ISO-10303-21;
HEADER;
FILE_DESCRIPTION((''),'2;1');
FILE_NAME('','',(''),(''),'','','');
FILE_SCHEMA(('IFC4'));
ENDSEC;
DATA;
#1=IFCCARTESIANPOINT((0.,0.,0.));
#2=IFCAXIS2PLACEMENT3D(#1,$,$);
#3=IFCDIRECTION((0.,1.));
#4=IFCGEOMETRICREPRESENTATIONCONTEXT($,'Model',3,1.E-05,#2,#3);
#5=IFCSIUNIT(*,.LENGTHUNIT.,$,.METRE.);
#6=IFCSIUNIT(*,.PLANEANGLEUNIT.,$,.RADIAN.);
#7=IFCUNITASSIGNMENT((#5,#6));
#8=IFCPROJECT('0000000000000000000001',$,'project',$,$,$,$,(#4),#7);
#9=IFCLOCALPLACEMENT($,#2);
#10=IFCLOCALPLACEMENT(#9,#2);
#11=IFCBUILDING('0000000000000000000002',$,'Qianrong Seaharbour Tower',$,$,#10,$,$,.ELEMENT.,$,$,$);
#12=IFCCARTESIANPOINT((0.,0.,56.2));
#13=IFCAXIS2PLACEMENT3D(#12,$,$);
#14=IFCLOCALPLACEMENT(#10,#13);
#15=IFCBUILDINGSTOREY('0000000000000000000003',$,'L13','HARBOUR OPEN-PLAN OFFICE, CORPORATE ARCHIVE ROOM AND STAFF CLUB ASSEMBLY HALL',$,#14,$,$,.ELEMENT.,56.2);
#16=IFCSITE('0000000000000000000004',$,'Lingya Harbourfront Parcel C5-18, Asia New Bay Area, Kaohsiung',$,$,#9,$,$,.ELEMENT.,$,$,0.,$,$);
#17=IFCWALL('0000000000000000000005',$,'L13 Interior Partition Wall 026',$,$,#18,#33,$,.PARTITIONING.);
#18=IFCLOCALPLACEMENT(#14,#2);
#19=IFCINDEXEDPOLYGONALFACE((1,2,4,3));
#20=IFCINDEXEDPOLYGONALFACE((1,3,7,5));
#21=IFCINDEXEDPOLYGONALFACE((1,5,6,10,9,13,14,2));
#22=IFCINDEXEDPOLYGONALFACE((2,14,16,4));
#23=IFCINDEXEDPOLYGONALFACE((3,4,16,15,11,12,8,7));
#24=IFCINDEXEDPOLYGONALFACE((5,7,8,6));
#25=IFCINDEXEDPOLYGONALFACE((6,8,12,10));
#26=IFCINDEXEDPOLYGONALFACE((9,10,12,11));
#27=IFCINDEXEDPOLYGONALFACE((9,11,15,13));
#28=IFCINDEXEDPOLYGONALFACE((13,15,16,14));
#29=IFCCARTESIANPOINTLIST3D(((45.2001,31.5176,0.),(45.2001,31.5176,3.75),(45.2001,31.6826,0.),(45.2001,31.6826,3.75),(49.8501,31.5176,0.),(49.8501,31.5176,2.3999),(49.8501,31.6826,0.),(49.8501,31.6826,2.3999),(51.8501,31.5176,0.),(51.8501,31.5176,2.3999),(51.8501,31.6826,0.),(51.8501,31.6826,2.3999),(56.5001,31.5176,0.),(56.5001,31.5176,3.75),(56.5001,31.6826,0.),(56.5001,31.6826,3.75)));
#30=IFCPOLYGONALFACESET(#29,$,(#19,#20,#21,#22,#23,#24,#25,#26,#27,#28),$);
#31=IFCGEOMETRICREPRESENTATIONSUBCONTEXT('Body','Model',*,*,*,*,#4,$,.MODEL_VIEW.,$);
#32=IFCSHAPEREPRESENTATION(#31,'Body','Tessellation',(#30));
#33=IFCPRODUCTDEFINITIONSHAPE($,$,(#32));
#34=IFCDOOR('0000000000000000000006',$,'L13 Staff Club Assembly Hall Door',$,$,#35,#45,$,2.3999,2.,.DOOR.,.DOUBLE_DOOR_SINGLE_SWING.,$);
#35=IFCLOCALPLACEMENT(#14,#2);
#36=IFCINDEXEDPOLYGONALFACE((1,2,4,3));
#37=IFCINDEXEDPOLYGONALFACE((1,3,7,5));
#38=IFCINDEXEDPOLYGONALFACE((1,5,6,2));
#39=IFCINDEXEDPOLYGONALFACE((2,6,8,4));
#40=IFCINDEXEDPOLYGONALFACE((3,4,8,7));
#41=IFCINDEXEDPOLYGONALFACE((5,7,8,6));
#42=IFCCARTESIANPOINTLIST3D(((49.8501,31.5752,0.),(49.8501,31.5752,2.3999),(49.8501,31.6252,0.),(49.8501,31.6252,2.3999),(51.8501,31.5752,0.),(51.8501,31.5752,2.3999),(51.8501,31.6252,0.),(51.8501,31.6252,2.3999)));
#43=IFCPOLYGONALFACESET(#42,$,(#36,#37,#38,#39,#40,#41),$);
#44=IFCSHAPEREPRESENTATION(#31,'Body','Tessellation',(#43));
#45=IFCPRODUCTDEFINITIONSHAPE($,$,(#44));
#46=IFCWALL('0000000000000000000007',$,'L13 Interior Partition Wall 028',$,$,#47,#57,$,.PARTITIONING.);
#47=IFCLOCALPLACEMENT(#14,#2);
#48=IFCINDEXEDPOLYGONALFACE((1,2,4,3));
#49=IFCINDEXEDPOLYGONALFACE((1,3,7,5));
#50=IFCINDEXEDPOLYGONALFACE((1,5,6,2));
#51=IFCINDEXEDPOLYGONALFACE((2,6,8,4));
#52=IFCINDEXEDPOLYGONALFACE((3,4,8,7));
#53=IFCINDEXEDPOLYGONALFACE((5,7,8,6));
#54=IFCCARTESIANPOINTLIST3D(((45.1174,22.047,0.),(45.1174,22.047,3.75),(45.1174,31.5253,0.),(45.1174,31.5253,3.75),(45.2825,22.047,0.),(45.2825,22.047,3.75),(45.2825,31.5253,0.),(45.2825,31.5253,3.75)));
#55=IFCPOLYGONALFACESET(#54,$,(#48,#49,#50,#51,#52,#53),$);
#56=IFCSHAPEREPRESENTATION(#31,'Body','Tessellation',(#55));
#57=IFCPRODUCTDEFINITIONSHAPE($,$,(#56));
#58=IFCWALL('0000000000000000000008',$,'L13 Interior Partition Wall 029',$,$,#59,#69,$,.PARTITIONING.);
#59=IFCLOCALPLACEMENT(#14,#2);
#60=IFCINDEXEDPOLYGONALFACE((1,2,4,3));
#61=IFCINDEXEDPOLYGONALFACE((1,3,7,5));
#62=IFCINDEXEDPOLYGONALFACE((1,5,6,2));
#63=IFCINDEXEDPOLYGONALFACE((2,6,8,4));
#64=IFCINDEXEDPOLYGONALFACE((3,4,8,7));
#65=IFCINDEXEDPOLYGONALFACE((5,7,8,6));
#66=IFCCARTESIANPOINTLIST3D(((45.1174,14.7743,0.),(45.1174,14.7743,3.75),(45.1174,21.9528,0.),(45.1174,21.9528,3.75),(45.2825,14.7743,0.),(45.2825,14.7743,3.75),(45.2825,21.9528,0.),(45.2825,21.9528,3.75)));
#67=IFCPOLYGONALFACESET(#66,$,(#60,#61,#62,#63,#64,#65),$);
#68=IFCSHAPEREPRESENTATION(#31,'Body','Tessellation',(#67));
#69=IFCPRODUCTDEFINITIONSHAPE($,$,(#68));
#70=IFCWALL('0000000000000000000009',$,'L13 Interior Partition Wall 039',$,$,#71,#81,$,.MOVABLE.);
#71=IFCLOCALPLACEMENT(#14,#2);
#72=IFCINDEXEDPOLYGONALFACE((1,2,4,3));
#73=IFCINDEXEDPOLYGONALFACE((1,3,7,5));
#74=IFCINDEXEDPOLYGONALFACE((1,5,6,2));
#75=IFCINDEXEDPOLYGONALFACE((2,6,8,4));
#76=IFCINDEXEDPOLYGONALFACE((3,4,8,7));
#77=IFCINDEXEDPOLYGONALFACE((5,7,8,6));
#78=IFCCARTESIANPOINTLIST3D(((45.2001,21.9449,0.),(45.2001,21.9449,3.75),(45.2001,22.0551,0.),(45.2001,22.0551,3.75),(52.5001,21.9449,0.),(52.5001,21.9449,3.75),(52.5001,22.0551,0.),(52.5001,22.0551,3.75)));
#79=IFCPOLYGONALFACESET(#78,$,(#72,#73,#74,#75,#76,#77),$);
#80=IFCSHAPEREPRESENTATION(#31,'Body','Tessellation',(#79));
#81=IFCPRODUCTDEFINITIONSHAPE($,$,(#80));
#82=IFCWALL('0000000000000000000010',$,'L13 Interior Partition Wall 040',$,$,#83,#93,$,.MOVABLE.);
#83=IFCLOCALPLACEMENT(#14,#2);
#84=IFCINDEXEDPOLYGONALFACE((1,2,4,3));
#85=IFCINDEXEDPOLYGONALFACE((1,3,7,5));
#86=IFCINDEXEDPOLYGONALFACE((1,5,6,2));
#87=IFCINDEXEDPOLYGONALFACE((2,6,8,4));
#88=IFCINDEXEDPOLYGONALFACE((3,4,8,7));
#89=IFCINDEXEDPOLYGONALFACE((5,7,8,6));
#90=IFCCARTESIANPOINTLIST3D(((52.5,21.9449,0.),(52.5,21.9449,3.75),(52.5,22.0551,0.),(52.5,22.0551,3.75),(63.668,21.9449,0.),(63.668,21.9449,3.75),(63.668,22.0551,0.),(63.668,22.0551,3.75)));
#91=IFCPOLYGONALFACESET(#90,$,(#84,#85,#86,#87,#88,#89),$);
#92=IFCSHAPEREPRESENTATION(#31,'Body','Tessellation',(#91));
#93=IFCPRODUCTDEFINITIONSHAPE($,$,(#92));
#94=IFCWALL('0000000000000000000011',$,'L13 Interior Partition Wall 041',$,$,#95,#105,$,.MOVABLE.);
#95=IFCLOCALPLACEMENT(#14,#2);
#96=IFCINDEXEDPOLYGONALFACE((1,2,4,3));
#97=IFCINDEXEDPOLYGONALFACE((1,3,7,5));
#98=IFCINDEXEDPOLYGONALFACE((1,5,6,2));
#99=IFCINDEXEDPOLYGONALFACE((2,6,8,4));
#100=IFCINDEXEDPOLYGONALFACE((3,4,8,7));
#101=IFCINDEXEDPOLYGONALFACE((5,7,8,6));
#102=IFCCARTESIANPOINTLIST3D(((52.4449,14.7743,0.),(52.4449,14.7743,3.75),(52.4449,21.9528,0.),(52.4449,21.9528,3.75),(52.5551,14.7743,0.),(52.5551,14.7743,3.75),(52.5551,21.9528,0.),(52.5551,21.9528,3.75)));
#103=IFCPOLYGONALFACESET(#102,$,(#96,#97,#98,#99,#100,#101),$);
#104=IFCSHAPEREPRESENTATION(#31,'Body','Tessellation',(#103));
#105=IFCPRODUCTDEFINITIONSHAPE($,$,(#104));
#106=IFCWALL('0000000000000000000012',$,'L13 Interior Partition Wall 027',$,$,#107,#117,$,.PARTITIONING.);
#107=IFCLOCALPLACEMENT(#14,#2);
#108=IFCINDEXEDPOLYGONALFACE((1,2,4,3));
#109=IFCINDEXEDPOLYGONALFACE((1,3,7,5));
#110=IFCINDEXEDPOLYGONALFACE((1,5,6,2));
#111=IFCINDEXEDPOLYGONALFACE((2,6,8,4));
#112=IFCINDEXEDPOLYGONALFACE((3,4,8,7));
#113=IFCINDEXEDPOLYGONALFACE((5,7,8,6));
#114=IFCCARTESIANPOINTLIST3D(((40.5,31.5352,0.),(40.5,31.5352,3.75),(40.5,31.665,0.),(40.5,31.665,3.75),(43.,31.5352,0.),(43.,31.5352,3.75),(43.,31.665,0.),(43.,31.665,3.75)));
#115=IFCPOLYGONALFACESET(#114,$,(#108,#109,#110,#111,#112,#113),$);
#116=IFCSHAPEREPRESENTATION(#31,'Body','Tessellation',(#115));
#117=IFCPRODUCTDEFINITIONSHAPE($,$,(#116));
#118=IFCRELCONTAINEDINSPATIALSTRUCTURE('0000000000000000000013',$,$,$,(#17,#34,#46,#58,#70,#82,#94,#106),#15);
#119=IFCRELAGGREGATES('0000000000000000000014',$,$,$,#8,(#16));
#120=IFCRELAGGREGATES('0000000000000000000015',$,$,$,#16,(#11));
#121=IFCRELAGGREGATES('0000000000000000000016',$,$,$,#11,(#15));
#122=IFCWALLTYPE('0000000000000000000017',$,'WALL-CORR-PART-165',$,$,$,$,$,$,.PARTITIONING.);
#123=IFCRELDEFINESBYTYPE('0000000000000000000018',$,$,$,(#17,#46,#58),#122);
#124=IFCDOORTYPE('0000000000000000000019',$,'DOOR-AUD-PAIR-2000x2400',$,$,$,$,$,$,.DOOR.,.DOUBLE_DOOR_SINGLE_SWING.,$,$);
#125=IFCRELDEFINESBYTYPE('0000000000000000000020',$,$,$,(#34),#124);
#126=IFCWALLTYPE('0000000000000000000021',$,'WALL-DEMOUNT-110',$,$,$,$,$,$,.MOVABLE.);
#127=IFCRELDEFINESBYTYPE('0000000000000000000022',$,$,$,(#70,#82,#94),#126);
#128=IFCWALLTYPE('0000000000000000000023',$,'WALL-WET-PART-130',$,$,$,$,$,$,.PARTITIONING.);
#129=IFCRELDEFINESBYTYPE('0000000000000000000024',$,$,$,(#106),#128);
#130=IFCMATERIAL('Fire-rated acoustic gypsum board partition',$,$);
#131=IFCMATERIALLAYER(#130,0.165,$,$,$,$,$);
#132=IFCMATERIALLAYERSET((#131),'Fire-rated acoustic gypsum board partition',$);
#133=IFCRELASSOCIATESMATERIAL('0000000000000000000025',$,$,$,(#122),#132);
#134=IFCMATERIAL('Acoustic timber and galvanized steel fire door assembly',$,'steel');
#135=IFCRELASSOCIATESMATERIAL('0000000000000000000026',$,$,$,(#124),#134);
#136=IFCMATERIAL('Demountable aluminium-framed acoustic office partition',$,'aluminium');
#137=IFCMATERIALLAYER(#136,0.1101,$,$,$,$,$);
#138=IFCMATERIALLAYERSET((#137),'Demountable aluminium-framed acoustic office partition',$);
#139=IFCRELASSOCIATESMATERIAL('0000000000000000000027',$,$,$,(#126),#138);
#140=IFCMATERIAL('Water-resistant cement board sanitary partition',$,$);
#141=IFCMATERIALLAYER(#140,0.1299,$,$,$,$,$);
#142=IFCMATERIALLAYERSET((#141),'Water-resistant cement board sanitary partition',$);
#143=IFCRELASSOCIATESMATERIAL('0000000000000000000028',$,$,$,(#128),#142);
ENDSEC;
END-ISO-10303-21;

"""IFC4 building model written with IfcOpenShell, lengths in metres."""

from ifc_helpers import new_model, si_unit, direction, frame, frame_2d, origin, place, context, subcontext, project, spatial, rectangle, extrude, material, layer, layer_set, type_object, element, fill, save


model = new_model("IFC4")

# Units and contexts
model_context = context("Model", 3, precision=1e-05, world=origin(), true_north=direction((0.0, 1.0)))
body_context = subcontext(model_context, "Body", "Model", "MODEL_VIEW")
ifc_project = project(units=[si_unit("LENGTHUNIT", "METRE"), si_unit("PLANEANGLEUNIT", "RADIAN")], contexts=[model_context])

# Site, building, storey
site_placement = place(None, origin())
site = spatial("IfcSite", under=ifc_project, at=site_placement, Name="Lingya Harbourfront Parcel C5-18, Asia New Bay Area, Kaohsiung", CompositionType="ELEMENT", RefElevation=0.0)
building_placement = place(site_placement, origin())
building = spatial("IfcBuilding", under=site, at=building_placement, Name="Qianrong Seaharbour Tower", CompositionType="ELEMENT")
storey_placement = place(building_placement, frame((0.0, 0.0, 56.2)))
storey = spatial("IfcBuildingStorey", under=building, at=storey_placement, Name="L13", Description="HARBOUR OPEN-PLAN OFFICE, CORPORATE ARCHIVE ROOM AND STAFF CLUB ASSEMBLY HALL", CompositionType="ELEMENT", Elevation=56.2)

# Shared definitions
ifc_material_1 = material(Name="Fire-rated acoustic gypsum board partition")
ifc_layer_1 = layer(ifc_material_1, 0.165)
ifc_layer_set_1 = layer_set([ifc_layer_1], Name="Fire-rated acoustic gypsum board partition")
wall_type_1 = type_object("IfcWallType", Name="WALL-CORR-PART-165", PredefinedType="PARTITIONING", material=ifc_layer_set_1)

# Wall, opening, door
wall_1_placement = place(storey_placement, frame((56.5, 31.6001, 0.0), z_axis=(0.0, 0.0, 1.0), x_axis=(-1.0, 0.0, 0.0)))
wall_1 = element("IfcWall", 1, at=wall_1_placement, inside=storey, type_object=wall_type_1, Name="L13 Interior Partition Wall 026", PredefinedType="PARTITIONING", context=body_context, shape_type="SweptSolid", body=[
    extrude(rectangle(XDim=11.3, YDim=0.165, at=frame_2d((5.6499, 0.0))), origin(), (0.0, 0.0, 1.0), 3.75),
])
opening_placement = place(wall_1_placement, frame((4.6499, 0.0, 0.0)))
opening = element("IfcOpeningElement", 2, at=opening_placement, cuts=wall_1, PredefinedType="OPENING", context=body_context, shape_type="SweptSolid", body=[
    extrude(rectangle(XDim=2.0, YDim=2.3999, at=frame_2d((1.0, 1.2))), frame((0.0, 0.0925, 0.0), z_axis=(0.0, -1.0, 0.0), x_axis=(1.0, 0.0, 0.0)), (0.0, 0.0, 1.0), 0.1851),
])
ifc_material_2 = material(Name="Acoustic timber and galvanized steel fire door assembly", Category="steel")
door_type = type_object("IfcDoorType", Name="DOOR-AUD-PAIR-2000x2400", OperationType="DOUBLE_DOOR_SINGLE_SWING", PredefinedType="DOOR", material=ifc_material_2)
door_placement = place(opening_placement, origin())
door = element("IfcDoor", 3, at=door_placement, inside=storey, type_object=door_type, Name="L13 Staff Club Assembly Hall Door", OperationType="DOUBLE_DOOR_SINGLE_SWING", OverallHeight=2.3999, OverallWidth=2.0, PredefinedType="DOOR", context=body_context, shape_type="SweptSolid", body=[
    extrude(rectangle(XDim=2.0, YDim=2.3999, at=frame_2d((1.0, 1.2))), frame((0.0, 0.0249, 0.0), z_axis=(0.0, -1.0, 0.0), x_axis=(1.0, 0.0, 0.0)), (0.0, 0.0, 1.0), 0.05),
])
fill(opening, door)

# Walls
wall_2_placement = place(storey_placement, frame((45.2, 31.5254, 0.0), z_axis=(0.0, 0.0, 1.0), x_axis=(0.0, -1.0, 0.0)))
element("IfcWall", 4, at=wall_2_placement, inside=storey, type_object=wall_type_1, Name="L13 Interior Partition Wall 028", PredefinedType="PARTITIONING", context=body_context, shape_type="SweptSolid", body=[
    extrude(rectangle(XDim=9.4783, YDim=0.165, at=frame_2d((4.7393, 0.0))), origin(), (0.0, 0.0, 1.0), 3.75),
])
wall_3_placement = place(storey_placement, frame((45.2, 21.9529, 0.0), z_axis=(0.0, 0.0, 1.0), x_axis=(0.0, -1.0, 0.0)))
element("IfcWall", 5, at=wall_3_placement, inside=storey, type_object=wall_type_1, Name="L13 Interior Partition Wall 029", PredefinedType="PARTITIONING", context=body_context, shape_type="SweptSolid", body=[
    extrude(rectangle(XDim=7.1785, YDim=0.165, at=frame_2d((3.5894, 0.0))), origin(), (0.0, 0.0, 1.0), 3.75),
])
ifc_material_3 = material(Name="Demountable aluminium-framed acoustic office partition", Category="aluminium")
ifc_layer_2 = layer(ifc_material_3, 0.1101)
ifc_layer_set_2 = layer_set([ifc_layer_2], Name="Demountable aluminium-framed acoustic office partition")
wall_type_2 = type_object("IfcWallType", Name="WALL-DEMOUNT-110", PredefinedType="MOVABLE", material=ifc_layer_set_2)
wall_4_placement = place(storey_placement, frame((52.5, 22.0, 0.0), z_axis=(0.0, 0.0, 1.0), x_axis=(-1.0, 0.0, 0.0)))
element("IfcWall", 6, at=wall_4_placement, inside=storey, type_object=wall_type_2, Name="L13 Interior Partition Wall 039", PredefinedType="MOVABLE", context=body_context, shape_type="SweptSolid", body=[
    extrude(rectangle(XDim=7.3, YDim=0.1101, at=frame_2d((3.6499, 0.0))), origin(), (0.0, 0.0, 1.0), 3.75),
])
wall_5_placement = place(storey_placement, frame((63.668, 22.0, 0.0), z_axis=(0.0, 0.0, 1.0), x_axis=(-1.0, 0.0, 0.0)))
element("IfcWall", 7, at=wall_5_placement, inside=storey, type_object=wall_type_2, Name="L13 Interior Partition Wall 040", PredefinedType="MOVABLE", context=body_context, shape_type="SweptSolid", body=[
    extrude(rectangle(XDim=11.168, YDim=0.1101, at=frame_2d((5.584, 0.0))), origin(), (0.0, 0.0, 1.0), 3.75),
])
wall_6_placement = place(storey_placement, frame((52.5, 21.9529, 0.0), z_axis=(0.0, 0.0, 1.0), x_axis=(0.0, -1.0, 0.0)))
element("IfcWall", 8, at=wall_6_placement, inside=storey, type_object=wall_type_2, Name="L13 Interior Partition Wall 041", PredefinedType="MOVABLE", context=body_context, shape_type="SweptSolid", body=[
    extrude(rectangle(XDim=7.1785, YDim=0.1101, at=frame_2d((3.5894, 0.0))), origin(), (0.0, 0.0, 1.0), 3.75),
])
ifc_material_4 = material(Name="Water-resistant cement board sanitary partition")
ifc_layer_3 = layer(ifc_material_4, 0.1299)
ifc_layer_set_3 = layer_set([ifc_layer_3], Name="Water-resistant cement board sanitary partition")
wall_type_3 = type_object("IfcWallType", Name="WALL-WET-PART-130", PredefinedType="PARTITIONING", material=ifc_layer_set_3)
wall_7_placement = place(storey_placement, frame((43.0, 31.6001, 0.0), z_axis=(0.0, 0.0, 1.0), x_axis=(-1.0, 0.0, 0.0)))
element("IfcWall", 9, at=wall_7_placement, inside=storey, type_object=wall_type_3, Name="L13 Interior Partition Wall 027", PredefinedType="PARTITIONING", context=body_context, shape_type="SweptSolid", body=[
    extrude(rectangle(XDim=2.5, YDim=0.1299, at=frame_2d((1.25, 0.0))), origin(), (0.0, 0.0, 1.0), 3.75),
])

save(model, "model.ifc")
